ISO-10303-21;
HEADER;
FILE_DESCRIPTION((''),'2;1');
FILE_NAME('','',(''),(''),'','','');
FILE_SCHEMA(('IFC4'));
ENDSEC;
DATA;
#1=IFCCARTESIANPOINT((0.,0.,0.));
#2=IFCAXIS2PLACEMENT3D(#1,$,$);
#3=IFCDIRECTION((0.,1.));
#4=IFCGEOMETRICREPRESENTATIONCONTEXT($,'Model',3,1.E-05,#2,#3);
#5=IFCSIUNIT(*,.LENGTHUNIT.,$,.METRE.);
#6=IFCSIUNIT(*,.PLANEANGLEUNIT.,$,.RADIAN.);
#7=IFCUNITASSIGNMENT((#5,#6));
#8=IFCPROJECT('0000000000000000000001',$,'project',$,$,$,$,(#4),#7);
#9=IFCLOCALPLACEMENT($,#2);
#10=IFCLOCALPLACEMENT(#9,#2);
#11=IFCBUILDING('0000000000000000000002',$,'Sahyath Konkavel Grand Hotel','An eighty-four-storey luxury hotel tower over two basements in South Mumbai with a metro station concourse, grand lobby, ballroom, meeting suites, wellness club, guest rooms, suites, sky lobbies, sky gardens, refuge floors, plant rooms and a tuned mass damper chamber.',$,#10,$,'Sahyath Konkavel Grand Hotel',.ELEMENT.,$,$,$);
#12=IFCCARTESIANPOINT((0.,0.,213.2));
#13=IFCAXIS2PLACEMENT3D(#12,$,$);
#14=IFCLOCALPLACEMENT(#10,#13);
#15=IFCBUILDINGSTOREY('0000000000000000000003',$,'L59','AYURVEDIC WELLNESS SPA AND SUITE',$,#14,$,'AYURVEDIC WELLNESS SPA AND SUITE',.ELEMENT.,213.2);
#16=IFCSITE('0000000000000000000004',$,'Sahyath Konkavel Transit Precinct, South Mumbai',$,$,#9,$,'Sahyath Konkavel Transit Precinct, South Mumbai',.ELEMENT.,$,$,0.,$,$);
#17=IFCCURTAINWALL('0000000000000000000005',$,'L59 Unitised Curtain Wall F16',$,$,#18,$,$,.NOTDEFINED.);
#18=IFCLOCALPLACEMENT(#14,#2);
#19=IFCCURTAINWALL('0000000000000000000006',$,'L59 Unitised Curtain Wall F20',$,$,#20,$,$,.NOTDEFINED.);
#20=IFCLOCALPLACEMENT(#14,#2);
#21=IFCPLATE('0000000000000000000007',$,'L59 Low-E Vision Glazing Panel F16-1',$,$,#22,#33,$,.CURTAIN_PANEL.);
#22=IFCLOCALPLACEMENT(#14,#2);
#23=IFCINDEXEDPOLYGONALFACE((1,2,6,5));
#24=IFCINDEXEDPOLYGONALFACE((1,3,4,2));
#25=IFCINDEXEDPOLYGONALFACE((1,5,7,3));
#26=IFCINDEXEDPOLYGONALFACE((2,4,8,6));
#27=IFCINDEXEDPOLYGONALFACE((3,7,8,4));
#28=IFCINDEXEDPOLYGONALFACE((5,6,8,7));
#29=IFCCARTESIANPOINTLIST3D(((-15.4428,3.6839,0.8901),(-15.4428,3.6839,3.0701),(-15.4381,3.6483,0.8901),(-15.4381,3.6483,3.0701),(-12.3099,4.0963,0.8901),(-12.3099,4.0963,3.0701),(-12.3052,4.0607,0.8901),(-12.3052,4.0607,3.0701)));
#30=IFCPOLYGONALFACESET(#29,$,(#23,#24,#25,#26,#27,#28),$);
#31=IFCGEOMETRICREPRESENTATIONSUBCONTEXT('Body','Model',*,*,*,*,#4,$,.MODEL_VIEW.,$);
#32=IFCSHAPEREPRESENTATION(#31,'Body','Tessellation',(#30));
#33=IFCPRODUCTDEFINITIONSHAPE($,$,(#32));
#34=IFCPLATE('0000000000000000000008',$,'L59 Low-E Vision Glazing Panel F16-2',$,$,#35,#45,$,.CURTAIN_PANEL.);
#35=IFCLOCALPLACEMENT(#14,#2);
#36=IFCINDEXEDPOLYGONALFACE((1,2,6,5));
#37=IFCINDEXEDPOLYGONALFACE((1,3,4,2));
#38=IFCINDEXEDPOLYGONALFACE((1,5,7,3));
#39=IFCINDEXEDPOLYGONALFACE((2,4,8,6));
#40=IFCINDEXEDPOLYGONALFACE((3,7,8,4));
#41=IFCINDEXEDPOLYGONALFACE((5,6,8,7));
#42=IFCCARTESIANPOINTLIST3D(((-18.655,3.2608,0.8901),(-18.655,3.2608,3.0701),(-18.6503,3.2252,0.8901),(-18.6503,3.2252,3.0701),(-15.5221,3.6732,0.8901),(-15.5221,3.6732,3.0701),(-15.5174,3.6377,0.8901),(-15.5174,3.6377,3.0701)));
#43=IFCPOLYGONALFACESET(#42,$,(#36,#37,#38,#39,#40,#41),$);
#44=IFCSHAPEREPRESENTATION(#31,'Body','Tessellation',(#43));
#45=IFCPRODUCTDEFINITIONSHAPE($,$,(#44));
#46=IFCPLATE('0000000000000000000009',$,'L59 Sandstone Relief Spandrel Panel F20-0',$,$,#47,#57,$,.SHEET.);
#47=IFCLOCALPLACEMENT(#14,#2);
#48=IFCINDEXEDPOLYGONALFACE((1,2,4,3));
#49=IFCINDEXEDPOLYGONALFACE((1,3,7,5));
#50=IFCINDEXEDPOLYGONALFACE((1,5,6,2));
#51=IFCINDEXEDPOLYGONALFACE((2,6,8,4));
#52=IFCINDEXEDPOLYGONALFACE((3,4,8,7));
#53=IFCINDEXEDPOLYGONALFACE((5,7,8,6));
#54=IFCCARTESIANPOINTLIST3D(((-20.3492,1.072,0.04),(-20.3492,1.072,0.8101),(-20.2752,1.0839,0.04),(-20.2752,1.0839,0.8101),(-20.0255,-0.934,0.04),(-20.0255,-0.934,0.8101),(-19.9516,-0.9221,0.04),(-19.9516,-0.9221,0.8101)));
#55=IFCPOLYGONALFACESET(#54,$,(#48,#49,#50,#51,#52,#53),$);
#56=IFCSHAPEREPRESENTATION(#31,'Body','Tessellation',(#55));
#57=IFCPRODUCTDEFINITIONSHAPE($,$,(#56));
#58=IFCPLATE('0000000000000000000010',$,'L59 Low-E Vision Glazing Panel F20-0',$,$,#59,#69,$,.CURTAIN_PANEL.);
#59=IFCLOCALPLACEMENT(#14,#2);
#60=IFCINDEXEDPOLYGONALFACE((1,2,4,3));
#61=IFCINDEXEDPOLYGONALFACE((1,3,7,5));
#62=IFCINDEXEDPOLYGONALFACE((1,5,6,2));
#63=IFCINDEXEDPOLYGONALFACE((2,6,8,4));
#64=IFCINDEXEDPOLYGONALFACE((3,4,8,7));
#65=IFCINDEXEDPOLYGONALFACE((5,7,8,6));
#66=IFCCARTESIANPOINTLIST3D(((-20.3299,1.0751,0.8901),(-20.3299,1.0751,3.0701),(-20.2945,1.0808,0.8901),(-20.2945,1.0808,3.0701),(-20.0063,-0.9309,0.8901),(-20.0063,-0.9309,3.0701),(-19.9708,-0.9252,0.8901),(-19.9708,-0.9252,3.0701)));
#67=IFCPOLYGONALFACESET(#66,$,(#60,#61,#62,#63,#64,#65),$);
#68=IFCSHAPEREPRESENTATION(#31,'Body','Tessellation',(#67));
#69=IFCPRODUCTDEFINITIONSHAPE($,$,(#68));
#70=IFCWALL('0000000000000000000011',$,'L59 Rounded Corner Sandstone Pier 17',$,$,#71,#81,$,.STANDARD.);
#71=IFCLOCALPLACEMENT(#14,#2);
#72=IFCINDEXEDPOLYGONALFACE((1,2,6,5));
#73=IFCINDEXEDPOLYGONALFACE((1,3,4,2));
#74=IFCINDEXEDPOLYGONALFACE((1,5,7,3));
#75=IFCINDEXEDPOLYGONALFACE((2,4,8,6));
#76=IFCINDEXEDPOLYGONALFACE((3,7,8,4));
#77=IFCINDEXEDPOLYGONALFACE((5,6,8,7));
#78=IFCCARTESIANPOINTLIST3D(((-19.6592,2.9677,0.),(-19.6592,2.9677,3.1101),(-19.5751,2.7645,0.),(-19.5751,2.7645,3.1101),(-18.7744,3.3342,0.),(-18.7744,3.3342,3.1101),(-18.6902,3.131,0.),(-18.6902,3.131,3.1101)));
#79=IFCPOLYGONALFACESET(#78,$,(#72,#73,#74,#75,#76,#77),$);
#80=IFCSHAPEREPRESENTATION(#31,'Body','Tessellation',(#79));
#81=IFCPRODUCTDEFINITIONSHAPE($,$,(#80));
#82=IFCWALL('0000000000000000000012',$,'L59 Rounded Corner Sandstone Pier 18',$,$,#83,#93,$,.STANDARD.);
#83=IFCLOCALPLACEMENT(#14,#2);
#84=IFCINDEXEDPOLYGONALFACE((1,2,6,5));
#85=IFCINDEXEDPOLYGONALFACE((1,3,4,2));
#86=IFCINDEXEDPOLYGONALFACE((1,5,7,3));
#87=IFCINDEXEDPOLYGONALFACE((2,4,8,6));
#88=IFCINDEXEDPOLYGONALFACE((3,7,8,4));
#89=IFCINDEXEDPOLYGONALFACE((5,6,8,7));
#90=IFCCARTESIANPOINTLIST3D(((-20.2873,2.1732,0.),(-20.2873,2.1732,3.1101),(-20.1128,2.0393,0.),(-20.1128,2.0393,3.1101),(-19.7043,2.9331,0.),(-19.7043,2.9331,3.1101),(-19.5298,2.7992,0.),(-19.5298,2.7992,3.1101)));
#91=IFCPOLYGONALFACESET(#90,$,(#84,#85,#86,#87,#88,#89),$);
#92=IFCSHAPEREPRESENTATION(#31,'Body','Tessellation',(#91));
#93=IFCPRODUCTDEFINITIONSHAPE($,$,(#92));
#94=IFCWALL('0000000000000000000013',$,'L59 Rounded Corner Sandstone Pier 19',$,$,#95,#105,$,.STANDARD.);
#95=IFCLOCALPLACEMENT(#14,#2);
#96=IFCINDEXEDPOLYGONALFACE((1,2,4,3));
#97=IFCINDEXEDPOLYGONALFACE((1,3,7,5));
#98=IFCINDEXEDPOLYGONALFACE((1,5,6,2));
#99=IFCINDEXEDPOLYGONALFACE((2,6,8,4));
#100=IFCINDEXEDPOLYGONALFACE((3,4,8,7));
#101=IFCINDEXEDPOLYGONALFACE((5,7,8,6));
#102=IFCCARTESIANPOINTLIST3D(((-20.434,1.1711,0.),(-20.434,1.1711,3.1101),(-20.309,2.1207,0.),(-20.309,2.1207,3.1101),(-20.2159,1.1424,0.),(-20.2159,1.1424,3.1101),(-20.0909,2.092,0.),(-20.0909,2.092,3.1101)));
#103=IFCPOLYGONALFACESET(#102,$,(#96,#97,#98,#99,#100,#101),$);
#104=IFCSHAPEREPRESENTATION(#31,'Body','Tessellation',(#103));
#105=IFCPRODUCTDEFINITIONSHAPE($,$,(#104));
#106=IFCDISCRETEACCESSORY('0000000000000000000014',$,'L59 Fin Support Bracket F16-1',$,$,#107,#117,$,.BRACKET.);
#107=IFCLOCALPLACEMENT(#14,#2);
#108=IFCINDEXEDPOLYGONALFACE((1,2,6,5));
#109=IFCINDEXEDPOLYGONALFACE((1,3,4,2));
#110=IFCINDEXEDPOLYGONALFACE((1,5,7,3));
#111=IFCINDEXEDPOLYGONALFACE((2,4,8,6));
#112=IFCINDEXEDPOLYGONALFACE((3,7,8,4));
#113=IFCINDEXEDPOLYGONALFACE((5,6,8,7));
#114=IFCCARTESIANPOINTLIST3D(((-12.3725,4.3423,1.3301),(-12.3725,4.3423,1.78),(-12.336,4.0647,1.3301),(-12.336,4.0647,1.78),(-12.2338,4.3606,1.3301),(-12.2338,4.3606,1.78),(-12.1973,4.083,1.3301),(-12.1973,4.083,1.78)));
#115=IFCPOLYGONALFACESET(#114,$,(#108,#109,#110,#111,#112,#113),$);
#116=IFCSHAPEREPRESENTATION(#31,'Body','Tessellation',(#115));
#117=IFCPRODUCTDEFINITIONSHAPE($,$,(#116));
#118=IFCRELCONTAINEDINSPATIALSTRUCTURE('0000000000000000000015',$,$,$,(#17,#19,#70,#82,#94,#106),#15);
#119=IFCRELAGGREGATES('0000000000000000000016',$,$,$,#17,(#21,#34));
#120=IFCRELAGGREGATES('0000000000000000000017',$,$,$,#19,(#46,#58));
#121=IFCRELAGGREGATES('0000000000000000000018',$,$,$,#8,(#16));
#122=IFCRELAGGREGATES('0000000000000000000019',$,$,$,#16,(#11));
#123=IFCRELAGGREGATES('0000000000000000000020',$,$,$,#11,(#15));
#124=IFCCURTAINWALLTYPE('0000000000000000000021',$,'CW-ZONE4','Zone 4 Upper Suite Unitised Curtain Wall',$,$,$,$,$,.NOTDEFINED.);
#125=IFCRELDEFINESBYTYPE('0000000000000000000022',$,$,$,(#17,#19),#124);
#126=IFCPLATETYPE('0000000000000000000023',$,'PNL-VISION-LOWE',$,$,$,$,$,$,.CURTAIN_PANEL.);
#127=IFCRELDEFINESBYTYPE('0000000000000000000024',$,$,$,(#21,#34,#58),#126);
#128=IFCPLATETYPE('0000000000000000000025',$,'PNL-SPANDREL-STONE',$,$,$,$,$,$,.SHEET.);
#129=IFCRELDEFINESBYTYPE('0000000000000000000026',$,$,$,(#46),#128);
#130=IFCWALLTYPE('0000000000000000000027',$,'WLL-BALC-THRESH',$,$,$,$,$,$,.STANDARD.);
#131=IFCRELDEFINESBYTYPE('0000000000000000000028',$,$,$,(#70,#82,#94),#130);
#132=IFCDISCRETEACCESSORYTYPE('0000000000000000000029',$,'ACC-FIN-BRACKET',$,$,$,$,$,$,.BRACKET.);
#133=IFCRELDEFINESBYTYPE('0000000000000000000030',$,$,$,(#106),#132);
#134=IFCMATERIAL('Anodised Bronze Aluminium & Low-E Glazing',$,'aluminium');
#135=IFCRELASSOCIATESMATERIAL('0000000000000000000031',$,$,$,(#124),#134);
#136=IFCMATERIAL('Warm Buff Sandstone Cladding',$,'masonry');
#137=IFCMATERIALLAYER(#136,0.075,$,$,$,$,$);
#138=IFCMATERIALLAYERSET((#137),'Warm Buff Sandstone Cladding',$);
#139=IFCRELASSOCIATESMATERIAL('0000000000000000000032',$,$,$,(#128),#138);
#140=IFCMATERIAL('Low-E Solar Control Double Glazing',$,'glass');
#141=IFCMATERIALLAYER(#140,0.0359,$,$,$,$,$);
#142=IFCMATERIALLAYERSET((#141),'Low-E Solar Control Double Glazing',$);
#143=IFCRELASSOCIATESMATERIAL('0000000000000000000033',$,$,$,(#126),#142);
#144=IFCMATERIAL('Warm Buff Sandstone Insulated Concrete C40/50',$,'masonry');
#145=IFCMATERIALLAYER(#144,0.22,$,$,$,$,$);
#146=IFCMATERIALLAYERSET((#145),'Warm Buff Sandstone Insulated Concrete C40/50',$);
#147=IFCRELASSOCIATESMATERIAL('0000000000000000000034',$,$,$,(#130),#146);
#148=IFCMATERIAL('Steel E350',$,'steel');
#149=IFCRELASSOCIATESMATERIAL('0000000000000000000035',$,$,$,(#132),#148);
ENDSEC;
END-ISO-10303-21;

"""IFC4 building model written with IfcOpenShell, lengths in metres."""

from ifc_helpers import new_model, si_unit, direction, frame, frame_2d, origin, origin_2d, place, context, subcontext, project, spatial, rectangle, extrude, source, transform, mapped, material, layer, layer_set, type_object, element, aggregate, save


model = new_model("IFC4")

# Units and contexts
model_context = context("Model", 3, precision=1e-05, world=origin(), true_north=direction((0.0, 1.0)))
body_context = subcontext(model_context, "Body", "Model", "MODEL_VIEW")
ifc_project = project(units=[si_unit("LENGTHUNIT", "METRE"), si_unit("PLANEANGLEUNIT", "RADIAN")], contexts=[model_context])

# Site, building, storey
site_placement = place(None, origin())
site = spatial("IfcSite", under=ifc_project, at=site_placement, Name="Sahyath Konkavel Transit Precinct, South Mumbai", LongName="Sahyath Konkavel Transit Precinct, South Mumbai", CompositionType="ELEMENT", RefElevation=0.0)
building_placement = place(site_placement, origin())
building = spatial("IfcBuilding", under=site, at=building_placement, Name="Sahyath Konkavel Grand Hotel", Description="An eighty-four-storey luxury hotel tower over two basements in South Mumbai with a metro station concourse, grand lobby, ballroom, meeting suites, wellness club, guest rooms, suites, sky lobbies, sky gardens, refuge floors, plant rooms and a tuned mass damper chamber.", LongName="Sahyath Konkavel Grand Hotel", CompositionType="ELEMENT")
storey_placement = place(building_placement, frame((0.0, 0.0, 213.2)))
storey = spatial("IfcBuildingStorey", under=building, at=storey_placement, Name="L59", Description="AYURVEDIC WELLNESS SPA AND SUITE", LongName="AYURVEDIC WELLNESS SPA AND SUITE", CompositionType="ELEMENT", Elevation=213.2)

# Shared definitions
ifc_material_1 = material(Name="Steel E350", Category="steel")

# Curtain wall
ifc_material_2 = material(Name="Anodised Bronze Aluminium & Low-E Glazing", Category="aluminium")
curtain_wall_type = type_object("IfcCurtainWallType", Name="CW-ZONE4", Description="Zone 4 Upper Suite Unitised Curtain Wall", PredefinedType="NOTDEFINED", material=ifc_material_2)
curtain_wall_1_placement = place(storey_placement, origin())
curtain_wall_1 = element("IfcCurtainWall", 1, at=curtain_wall_1_placement, inside=storey, type_object=curtain_wall_type, Name="L59 Unitised Curtain Wall F16", PredefinedType="NOTDEFINED")

# Curtain wall
curtain_wall_2_placement = place(storey_placement, origin())
curtain_wall_2 = element("IfcCurtainWall", 2, at=curtain_wall_2_placement, inside=storey, type_object=curtain_wall_type, Name="L59 Unitised Curtain Wall F20", PredefinedType="NOTDEFINED")

# Plates
ifc_material_3 = material(Name="Warm Buff Sandstone Cladding", Category="masonry")
ifc_layer_1 = layer(ifc_material_3, 0.075)
ifc_layer_set_1 = layer_set([ifc_layer_1], Name="Warm Buff Sandstone Cladding")
plate_type_1 = type_object("IfcPlateType", Name="PNL-SPANDREL-STONE", PredefinedType="SHEET", material=ifc_layer_set_1)
ifc_material_4 = material(Name="Low-E Solar Control Double Glazing", Category="glass")
ifc_layer_2 = layer(ifc_material_4, 0.0359)
ifc_layer_set_2 = layer_set([ifc_layer_2], Name="Low-E Solar Control Double Glazing")
plate_type_2 = type_object("IfcPlateType", Name="PNL-VISION-LOWE", PredefinedType="CURTAIN_PANEL", material=ifc_layer_set_2)
shared_shape_1 = source(origin(), body_context, "Body", "SweptSolid", [
    extrude(rectangle(XDim=3.1599, YDim=0.0359, at=origin_2d()), origin(), (0.0, 0.0, 1.0), 2.1799),
])
plate_1_placement = place(storey_placement, frame((-13.874, 3.8723, 0.8901), z_axis=(0.0, 0.0, 1.0), x_axis=(-0.991445, -0.130526, 0.0)))
plate_1 = element("IfcPlate", 3, at=plate_1_placement, type_object=plate_type_2, Name="L59 Low-E Vision Glazing Panel F16-1", PredefinedType="CURTAIN_PANEL", context=body_context, shape_type="MappedRepresentation", body=[
    mapped(shared_shape_1, transform((0.0, 0.0, 0.0), scale=1.0)),
])
plate_2_placement = place(storey_placement, frame((-17.0862, 3.4492, 0.8901), z_axis=(0.0, 0.0, 1.0), x_axis=(-0.991445, -0.130526, 0.0)))
plate_2 = element("IfcPlate", 4, at=plate_2_placement, type_object=plate_type_2, Name="L59 Low-E Vision Glazing Panel F16-2", PredefinedType="CURTAIN_PANEL", context=body_context, shape_type="MappedRepresentation", body=[
    mapped(shared_shape_1, transform((0.0, 0.0, 0.0), scale=1.0)),
])
aggregate(curtain_wall_1, [plate_1, plate_2])
shared_shape_2 = source(origin(), body_context, "Body", "SweptSolid", [
    extrude(rectangle(XDim=2.032, YDim=0.075, at=origin_2d()), origin(), (0.0, 0.0, 1.0), 0.77),
])
plate_3_placement = place(storey_placement, frame((-20.1504, 0.075, 0.04), z_axis=(0.0, 0.0, 1.0), x_axis=(0.159295, -0.987231, 0.0)))
plate_3 = element("IfcPlate", 5, at=plate_3_placement, type_object=plate_type_1, Name="L59 Sandstone Relief Spandrel Panel F20-0", PredefinedType="SHEET", context=body_context, shape_type="MappedRepresentation", body=[
    mapped(shared_shape_2, transform((0.0, 0.0, 0.0), scale=1.0)),
])
shared_shape_3 = source(origin(), body_context, "Body", "SweptSolid", [
    extrude(rectangle(XDim=2.032, YDim=0.0359, at=origin_2d()), origin(), (0.0, 0.0, 1.0), 2.1799),
])
plate_4_placement = place(storey_placement, frame((-20.1504, 0.075, 0.8901), z_axis=(0.0, 0.0, 1.0), x_axis=(0.159295, -0.987231, 0.0)))
plate_4 = element("IfcPlate", 6, at=plate_4_placement, type_object=plate_type_2, Name="L59 Low-E Vision Glazing Panel F20-0", PredefinedType="CURTAIN_PANEL", context=body_context, shape_type="MappedRepresentation", body=[
    mapped(shared_shape_3, transform((0.0, 0.0, 0.0), scale=1.0)),
])
aggregate(curtain_wall_2, [plate_3, plate_4])

# Walls
ifc_material_5 = material(Name="Warm Buff Sandstone Insulated Concrete C40/50", Category="masonry")
ifc_layer_3 = layer(ifc_material_5, 0.22)
ifc_layer_set_3 = layer_set([ifc_layer_3], Name="Warm Buff Sandstone Insulated Concrete C40/50")
wall_type = type_object("IfcWallType", Name="WLL-BALC-THRESH", PredefinedType="STANDARD", material=ifc_layer_set_3)
for number, where, z_axis, x_axis, name in (
    (7, (-18.7322, 3.2327, 0.0), (0.0, 0.0, 1.0), (-0.923889, -0.38266, 0.0), "L59 Rounded Corner Sandstone Pier 17"),
    (8, (-19.6169, 2.8662, 0.0), (0.0, 0.0, 1.0), (-0.608774, -0.793344, 0.0), "L59 Rounded Corner Sandstone Pier 18"),
    (9, (-20.2, 2.1064, 0.0), (0.0, 0.0, 1.0), (-0.130527, -0.991445, 0.0), "L59 Rounded Corner Sandstone Pier 19"),
):
    element("IfcWall", number, at=place(storey_placement, frame(where, z_axis=z_axis, x_axis=x_axis)), inside=storey, type_object=wall_type, Name=name, PredefinedType="STANDARD", context=body_context, shape_type="SweptSolid", body=[
        extrude(rectangle(XDim=0.9578, YDim=0.22, at=frame_2d((0.479, 0.0))), origin(), (0.0, 0.0, 1.0), 3.1101),
    ])

# Discrete accessory
discrete_accessory_type = type_object("IfcDiscreteAccessoryType", Name="ACC-FIN-BRACKET", PredefinedType="BRACKET", material=ifc_material_1)
shared_shape_4 = source(origin(), body_context, "Body", "SweptSolid", [
    extrude(rectangle(XDim=0.28, YDim=0.1399, at=origin_2d()), origin(), (0.0, 0.0, 1.0), 0.45),
])
discrete_accessory_placement = place(storey_placement, frame((-12.2849, 4.2126, 1.3301), z_axis=(0.0, 0.0, 1.0), x_axis=(-0.130526, 0.991445, 0.0)))
element("IfcDiscreteAccessory", 10, at=discrete_accessory_placement, inside=storey, type_object=discrete_accessory_type, Name="L59 Fin Support Bracket F16-1", PredefinedType="BRACKET", context=body_context, shape_type="MappedRepresentation", body=[
    mapped(shared_shape_4, transform((0.0, 0.0, 0.0), scale=1.0)),
])

save(model, "model.ifc")
